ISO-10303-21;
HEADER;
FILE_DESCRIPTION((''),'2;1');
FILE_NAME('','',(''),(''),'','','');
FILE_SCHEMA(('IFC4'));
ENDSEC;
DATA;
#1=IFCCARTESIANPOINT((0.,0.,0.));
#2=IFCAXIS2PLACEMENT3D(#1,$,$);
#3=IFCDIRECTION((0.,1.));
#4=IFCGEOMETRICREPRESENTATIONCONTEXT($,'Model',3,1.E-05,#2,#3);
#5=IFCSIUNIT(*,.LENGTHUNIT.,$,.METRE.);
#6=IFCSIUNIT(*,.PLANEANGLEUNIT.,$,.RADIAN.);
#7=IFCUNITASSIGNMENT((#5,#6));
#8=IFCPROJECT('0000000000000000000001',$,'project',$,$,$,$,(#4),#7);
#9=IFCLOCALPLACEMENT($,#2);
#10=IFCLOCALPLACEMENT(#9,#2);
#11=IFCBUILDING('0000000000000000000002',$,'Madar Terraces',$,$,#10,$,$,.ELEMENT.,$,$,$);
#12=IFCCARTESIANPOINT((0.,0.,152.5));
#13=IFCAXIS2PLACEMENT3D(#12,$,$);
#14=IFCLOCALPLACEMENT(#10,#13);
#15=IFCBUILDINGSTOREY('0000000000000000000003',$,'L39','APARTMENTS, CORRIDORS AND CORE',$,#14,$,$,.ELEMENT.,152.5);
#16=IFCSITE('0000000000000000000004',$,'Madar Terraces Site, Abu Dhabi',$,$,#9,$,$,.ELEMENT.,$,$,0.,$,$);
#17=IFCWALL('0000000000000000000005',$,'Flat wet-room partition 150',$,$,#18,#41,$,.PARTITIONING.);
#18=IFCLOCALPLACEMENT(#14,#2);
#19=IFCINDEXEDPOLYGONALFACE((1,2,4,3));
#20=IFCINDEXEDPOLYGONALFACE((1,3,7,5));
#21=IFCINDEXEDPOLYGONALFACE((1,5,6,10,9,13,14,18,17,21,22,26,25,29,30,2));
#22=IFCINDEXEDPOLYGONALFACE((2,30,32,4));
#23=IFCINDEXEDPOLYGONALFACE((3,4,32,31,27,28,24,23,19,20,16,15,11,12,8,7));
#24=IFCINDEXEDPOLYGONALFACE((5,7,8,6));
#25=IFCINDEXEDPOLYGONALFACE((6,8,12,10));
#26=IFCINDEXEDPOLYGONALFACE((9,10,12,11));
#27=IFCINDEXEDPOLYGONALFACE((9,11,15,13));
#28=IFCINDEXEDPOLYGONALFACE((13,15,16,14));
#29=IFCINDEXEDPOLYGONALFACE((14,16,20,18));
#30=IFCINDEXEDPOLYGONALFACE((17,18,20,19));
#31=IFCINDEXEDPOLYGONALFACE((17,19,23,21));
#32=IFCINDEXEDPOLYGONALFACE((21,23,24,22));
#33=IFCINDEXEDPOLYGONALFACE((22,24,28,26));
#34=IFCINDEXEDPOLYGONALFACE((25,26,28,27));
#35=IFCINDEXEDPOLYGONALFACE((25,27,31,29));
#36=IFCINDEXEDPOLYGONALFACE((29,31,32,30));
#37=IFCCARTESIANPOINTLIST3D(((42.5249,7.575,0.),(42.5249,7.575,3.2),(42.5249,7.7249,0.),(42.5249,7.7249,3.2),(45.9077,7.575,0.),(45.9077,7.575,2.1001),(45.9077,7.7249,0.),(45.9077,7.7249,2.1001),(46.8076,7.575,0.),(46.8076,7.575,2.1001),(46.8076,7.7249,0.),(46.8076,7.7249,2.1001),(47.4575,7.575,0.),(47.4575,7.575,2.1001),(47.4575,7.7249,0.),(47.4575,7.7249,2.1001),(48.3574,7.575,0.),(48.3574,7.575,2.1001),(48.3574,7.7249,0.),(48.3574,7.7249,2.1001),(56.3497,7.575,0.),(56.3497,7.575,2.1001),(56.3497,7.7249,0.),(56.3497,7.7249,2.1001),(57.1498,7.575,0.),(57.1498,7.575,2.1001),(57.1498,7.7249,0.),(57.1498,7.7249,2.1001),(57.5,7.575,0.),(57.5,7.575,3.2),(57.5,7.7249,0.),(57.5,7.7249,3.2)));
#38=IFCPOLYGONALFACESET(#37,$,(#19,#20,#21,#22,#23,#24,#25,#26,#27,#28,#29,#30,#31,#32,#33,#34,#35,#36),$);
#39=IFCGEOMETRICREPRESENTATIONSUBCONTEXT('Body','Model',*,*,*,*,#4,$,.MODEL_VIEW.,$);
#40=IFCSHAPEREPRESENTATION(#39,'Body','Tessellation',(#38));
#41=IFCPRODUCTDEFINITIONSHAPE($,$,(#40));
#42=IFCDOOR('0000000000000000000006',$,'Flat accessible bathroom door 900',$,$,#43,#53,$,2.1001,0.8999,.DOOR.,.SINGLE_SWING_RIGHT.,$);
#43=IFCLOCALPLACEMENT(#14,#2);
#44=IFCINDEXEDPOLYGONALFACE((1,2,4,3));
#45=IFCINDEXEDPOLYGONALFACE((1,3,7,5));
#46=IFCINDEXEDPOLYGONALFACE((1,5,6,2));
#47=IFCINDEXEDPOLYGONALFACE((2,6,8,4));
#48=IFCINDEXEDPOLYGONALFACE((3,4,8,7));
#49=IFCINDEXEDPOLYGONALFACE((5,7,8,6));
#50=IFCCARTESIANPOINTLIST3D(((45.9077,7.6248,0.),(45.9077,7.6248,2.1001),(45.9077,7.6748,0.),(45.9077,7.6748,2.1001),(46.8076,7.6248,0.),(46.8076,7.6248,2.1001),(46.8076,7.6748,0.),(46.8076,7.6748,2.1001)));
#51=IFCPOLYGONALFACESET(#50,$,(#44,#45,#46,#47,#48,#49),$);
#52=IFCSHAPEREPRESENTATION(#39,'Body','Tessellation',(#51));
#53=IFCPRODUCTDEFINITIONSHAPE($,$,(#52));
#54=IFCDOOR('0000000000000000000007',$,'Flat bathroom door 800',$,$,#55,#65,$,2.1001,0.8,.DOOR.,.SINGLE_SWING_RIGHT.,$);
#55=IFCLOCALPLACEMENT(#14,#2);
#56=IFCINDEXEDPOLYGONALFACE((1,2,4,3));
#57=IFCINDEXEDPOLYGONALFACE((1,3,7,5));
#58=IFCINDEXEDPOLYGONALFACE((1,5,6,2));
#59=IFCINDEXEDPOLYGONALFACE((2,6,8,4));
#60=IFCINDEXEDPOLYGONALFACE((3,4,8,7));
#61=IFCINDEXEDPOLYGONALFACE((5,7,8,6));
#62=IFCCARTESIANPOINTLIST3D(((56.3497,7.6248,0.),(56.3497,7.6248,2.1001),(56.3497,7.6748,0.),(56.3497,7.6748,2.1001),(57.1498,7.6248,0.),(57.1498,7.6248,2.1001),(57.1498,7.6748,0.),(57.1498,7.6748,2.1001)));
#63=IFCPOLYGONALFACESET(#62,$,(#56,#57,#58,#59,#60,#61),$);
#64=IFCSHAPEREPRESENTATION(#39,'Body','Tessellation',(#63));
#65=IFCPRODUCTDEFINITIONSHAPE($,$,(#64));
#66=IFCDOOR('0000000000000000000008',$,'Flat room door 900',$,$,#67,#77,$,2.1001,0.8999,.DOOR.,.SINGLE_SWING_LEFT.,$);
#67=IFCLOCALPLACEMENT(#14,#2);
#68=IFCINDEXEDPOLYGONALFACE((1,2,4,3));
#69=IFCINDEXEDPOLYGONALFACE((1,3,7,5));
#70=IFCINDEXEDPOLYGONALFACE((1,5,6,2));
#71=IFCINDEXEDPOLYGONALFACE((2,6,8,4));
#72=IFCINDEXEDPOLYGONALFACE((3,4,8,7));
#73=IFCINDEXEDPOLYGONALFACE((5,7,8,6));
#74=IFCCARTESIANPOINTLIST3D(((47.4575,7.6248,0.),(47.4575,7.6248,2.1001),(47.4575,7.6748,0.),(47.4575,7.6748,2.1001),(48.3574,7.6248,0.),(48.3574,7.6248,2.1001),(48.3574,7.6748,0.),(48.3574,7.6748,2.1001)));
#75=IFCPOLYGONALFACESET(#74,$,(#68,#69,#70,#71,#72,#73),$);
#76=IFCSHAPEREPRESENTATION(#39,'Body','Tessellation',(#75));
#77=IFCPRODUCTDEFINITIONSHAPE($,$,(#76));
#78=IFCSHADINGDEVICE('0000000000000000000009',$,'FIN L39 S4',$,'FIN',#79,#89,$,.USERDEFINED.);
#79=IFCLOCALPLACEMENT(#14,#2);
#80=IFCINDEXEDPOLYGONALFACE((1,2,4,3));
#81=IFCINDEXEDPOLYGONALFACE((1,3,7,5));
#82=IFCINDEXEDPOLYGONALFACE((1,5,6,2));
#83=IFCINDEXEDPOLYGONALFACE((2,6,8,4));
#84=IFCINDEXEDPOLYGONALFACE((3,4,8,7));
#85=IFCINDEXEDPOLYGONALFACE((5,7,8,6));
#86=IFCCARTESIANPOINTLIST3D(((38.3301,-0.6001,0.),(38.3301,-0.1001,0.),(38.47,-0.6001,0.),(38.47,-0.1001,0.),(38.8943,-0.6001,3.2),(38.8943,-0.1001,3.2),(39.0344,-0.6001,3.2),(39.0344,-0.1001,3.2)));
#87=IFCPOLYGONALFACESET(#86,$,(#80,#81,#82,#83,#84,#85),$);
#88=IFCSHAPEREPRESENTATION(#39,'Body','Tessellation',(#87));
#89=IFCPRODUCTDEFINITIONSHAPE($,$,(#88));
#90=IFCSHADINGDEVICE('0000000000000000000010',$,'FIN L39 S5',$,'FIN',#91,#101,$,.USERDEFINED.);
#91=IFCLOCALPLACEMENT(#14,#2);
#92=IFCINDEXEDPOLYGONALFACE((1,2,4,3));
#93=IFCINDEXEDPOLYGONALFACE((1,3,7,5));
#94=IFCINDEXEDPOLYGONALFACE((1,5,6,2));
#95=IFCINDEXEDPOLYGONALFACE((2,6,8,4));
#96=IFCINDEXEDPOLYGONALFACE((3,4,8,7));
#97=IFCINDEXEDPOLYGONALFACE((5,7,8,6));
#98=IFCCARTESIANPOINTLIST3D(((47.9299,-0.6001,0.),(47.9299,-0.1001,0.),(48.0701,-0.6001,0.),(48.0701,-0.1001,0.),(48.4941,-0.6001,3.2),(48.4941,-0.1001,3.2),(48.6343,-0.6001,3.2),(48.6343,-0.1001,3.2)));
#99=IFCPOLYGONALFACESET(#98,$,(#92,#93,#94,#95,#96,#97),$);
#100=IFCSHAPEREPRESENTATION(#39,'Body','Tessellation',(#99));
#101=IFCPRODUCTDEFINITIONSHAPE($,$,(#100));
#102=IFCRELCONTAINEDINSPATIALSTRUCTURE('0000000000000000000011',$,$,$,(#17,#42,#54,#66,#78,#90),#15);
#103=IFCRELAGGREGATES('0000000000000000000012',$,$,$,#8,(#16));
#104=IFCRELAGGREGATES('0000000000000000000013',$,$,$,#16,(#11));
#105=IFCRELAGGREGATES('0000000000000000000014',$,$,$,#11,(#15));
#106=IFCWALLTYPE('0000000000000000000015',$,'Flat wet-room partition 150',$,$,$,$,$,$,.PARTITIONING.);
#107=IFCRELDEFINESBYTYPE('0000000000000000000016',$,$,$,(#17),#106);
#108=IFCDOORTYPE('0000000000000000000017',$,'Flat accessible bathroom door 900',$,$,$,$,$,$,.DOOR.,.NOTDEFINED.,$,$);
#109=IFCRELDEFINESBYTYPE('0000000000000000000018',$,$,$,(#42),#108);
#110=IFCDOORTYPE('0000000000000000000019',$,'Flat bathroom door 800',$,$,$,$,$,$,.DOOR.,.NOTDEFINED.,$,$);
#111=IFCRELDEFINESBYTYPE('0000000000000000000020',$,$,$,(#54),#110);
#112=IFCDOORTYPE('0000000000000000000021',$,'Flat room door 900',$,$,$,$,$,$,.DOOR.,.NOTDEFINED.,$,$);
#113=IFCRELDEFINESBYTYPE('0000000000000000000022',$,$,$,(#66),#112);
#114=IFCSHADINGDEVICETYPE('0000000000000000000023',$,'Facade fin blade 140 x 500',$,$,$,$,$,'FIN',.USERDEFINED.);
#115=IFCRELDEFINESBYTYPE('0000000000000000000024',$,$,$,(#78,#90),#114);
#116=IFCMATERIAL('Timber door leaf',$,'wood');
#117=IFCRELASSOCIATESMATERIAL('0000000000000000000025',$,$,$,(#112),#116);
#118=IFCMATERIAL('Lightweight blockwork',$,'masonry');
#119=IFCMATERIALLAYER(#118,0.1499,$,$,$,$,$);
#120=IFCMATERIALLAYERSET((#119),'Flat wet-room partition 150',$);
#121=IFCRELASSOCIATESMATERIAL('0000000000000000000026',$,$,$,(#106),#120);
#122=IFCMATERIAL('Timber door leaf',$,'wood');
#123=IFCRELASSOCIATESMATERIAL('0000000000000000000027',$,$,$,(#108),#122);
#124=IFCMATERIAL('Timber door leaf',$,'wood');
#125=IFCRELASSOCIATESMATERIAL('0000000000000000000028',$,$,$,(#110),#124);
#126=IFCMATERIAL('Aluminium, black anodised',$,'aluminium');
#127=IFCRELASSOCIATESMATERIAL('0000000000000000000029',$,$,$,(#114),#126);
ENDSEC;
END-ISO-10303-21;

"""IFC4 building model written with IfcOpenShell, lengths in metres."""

from ifc_helpers import new_model, si_unit, direction, frame, frame_2d, origin, place, context, subcontext, project, spatial, polyline, rectangle, outline, extrude, material, layer, layer_set, type_object, element, fill, save


model = new_model("IFC4")

# Units and contexts
model_context = context("Model", 3, precision=1e-05, world=origin(), true_north=direction((0.0, 1.0)))
body_context = subcontext(model_context, "Body", "Model", "MODEL_VIEW")
ifc_project = project(units=[si_unit("LENGTHUNIT", "METRE"), si_unit("PLANEANGLEUNIT", "RADIAN")], contexts=[model_context])

# Site, building, storey
site_placement = place(None, origin())
site = spatial("IfcSite", under=ifc_project, at=site_placement, Name="Madar Terraces Site, Abu Dhabi", CompositionType="ELEMENT", RefElevation=0.0)
building_placement = place(site_placement, origin())
building = spatial("IfcBuilding", under=site, at=building_placement, Name="Madar Terraces", CompositionType="ELEMENT")
storey_placement = place(building_placement, frame((0.0, 0.0, 152.5)))
storey = spatial("IfcBuildingStorey", under=building, at=storey_placement, Name="L39", Description="APARTMENTS, CORRIDORS AND CORE", CompositionType="ELEMENT", Elevation=152.5)

# Shared definitions
ifc_material_1 = material(Name="Timber door leaf", Category="wood")
door_type_1 = type_object("IfcDoorType", Name="Flat room door 900", OperationType="NOTDEFINED", PredefinedType="DOOR", material=ifc_material_1)

# Shared definitions
ifc_material_2 = material(Name="Lightweight blockwork", Category="masonry")
ifc_layer_1 = layer(ifc_material_2, 0.1499)
ifc_layer_set_1 = layer_set([ifc_layer_1], Name="Flat wet-room partition 150")
wall_type_1 = type_object("IfcWallType", Name="Flat wet-room partition 150", PredefinedType="PARTITIONING", material=ifc_layer_set_1)

# Wall, openings, doors
wall_1_placement = place(storey_placement, frame((42.5249, 7.6499, 0.0), z_axis=(0.0, 0.0, 1.0), x_axis=(1.0, 0.0, 0.0)))
wall_1 = element("IfcWall", 1, at=wall_1_placement, inside=storey, type_object=wall_type_1, Name="Flat wet-room partition 150", PredefinedType="PARTITIONING", context=body_context, shape_type="SweptSolid", body=[
    extrude(rectangle(XDim=14.9751, YDim=0.1499, at=frame_2d((7.4875, 0.0))), origin(), (0.0, 0.0, 1.0), 3.2),
])
opening_1_placement = place(wall_1_placement, frame((3.3828, 0.0, 0.0)))
opening_1 = element("IfcOpeningElement", 2, at=opening_1_placement, cuts=wall_1, PredefinedType="OPENING", context=body_context, shape_type="SweptSolid", body=[
    extrude(rectangle(XDim=0.8999, YDim=2.1001, at=frame_2d((0.45, 1.05))), frame((0.0, 0.085, 0.0), z_axis=(0.0, -1.0, 0.0), x_axis=(1.0, 0.0, 0.0)), (0.0, 0.0, 1.0), 0.1699),
])
opening_2_placement = place(wall_1_placement, frame((4.9326, 0.0, 0.0)))
opening_2 = element("IfcOpeningElement", 3, at=opening_2_placement, cuts=wall_1, PredefinedType="OPENING", context=body_context, shape_type="SweptSolid", body=[
    extrude(rectangle(XDim=0.8999, YDim=2.1001, at=frame_2d((0.45, 1.05))), frame((0.0, 0.085, 0.0), z_axis=(0.0, -1.0, 0.0), x_axis=(1.0, 0.0, 0.0)), (0.0, 0.0, 1.0), 0.1699),
])
opening_3_placement = place(wall_1_placement, frame((13.825, 0.0, 0.0)))
opening_3 = element("IfcOpeningElement", 4, at=opening_3_placement, cuts=wall_1, PredefinedType="OPENING", context=body_context, shape_type="SweptSolid", body=[
    extrude(rectangle(XDim=0.8, YDim=2.1001, at=frame_2d((0.3999, 1.05))), frame((0.0, 0.085, 0.0), z_axis=(0.0, -1.0, 0.0), x_axis=(1.0, 0.0, 0.0)), (0.0, 0.0, 1.0), 0.1699),
])
ifc_material_3 = material(Name="Timber door leaf", Category="wood")
door_type_2 = type_object("IfcDoorType", Name="Flat accessible bathroom door 900", OperationType="NOTDEFINED", PredefinedType="DOOR", material=ifc_material_3)
door_1_placement = place(opening_1_placement, origin())
door_1 = element("IfcDoor", 5, at=door_1_placement, inside=storey, type_object=door_type_2, Name="Flat accessible bathroom door 900", OperationType="SINGLE_SWING_RIGHT", OverallHeight=2.1001, OverallWidth=0.8999, PredefinedType="DOOR", context=body_context, shape_type="SweptSolid", body=[
    extrude(rectangle(XDim=0.8999, YDim=2.1001, at=frame_2d((0.45, 1.05))), frame((0.0, 0.0249, 0.0), z_axis=(0.0, -1.0, 0.0), x_axis=(1.0, 0.0, 0.0)), (0.0, 0.0, 1.0), 0.05),
])
fill(opening_1, door_1)
ifc_material_4 = material(Name="Timber door leaf", Category="wood")
door_type_3 = type_object("IfcDoorType", Name="Flat bathroom door 800", OperationType="NOTDEFINED", PredefinedType="DOOR", material=ifc_material_4)
door_2_placement = place(opening_3_placement, origin())
door_2 = element("IfcDoor", 6, at=door_2_placement, inside=storey, type_object=door_type_3, Name="Flat bathroom door 800", OperationType="SINGLE_SWING_RIGHT", OverallHeight=2.1001, OverallWidth=0.8, PredefinedType="DOOR", context=body_context, shape_type="SweptSolid", body=[
    extrude(rectangle(XDim=0.8, YDim=2.1001, at=frame_2d((0.3999, 1.05))), frame((0.0, 0.0249, 0.0), z_axis=(0.0, -1.0, 0.0), x_axis=(1.0, 0.0, 0.0)), (0.0, 0.0, 1.0), 0.05),
])
fill(opening_3, door_2)
door_3_placement = place(opening_2_placement, origin())
door_3 = element("IfcDoor", 7, at=door_3_placement, inside=storey, type_object=door_type_1, Name="Flat room door 900", OperationType="SINGLE_SWING_LEFT", OverallHeight=2.1001, OverallWidth=0.8999, PredefinedType="DOOR", context=body_context, shape_type="SweptSolid", body=[
    extrude(rectangle(XDim=0.8999, YDim=2.1001, at=frame_2d((0.45, 1.05))), frame((0.0, 0.0249, 0.0), z_axis=(0.0, -1.0, 0.0), x_axis=(1.0, 0.0, 0.0)), (0.0, 0.0, 1.0), 0.05),
])
fill(opening_2, door_3)

# Shading devices
ifc_material_5 = material(Name="Aluminium, black anodised", Category="aluminium")
shading_device_type = type_object("IfcShadingDeviceType", Name="Facade fin blade 140 x 500", ElementType="FIN", PredefinedType="USERDEFINED", material=ifc_material_5)
shading_device_1_placement = place(storey_placement, frame((38.3301, -0.3501, 0.0), z_axis=(0.0, 0.0, 1.0), x_axis=(1.0, 0.0, 0.0)))
element("IfcShadingDevice", 8, at=shading_device_1_placement, inside=storey, type_object=shading_device_type, Name="FIN L39 S4", ObjectType="FIN", PredefinedType="USERDEFINED", context=body_context, shape_type="SweptSolid", body=[
    extrude(outline(polyline([(0.0, 0.0), (0.1399, 0.0), (0.7043, 3.2), (0.5642, 3.2), (0.0, 0.0)])), frame((0.0, 0.25, 0.0), z_axis=(0.0, -1.0, 0.0), x_axis=(1.0, 0.0, 0.0)), (0.0, 0.0, 1.0), 0.5),
])
shading_device_2_placement = place(storey_placement, frame((47.9299, -0.3501, 0.0), z_axis=(0.0, 0.0, 1.0), x_axis=(1.0, 0.0, 0.0)))
element("IfcShadingDevice", 9, at=shading_device_2_placement, inside=storey, type_object=shading_device_type, Name="FIN L39 S5", ObjectType="FIN", PredefinedType="USERDEFINED", context=body_context, shape_type="SweptSolid", body=[
    extrude(outline(polyline([(0.0, 0.0), (0.1401, 0.0), (0.7043, 3.2), (0.5642, 3.2), (0.0, 0.0)])), frame((0.0, 0.25, 0.0), z_axis=(0.0, -1.0, 0.0), x_axis=(1.0, 0.0, 0.0)), (0.0, 0.0, 1.0), 0.5),
])

save(model, "model.ifc")
